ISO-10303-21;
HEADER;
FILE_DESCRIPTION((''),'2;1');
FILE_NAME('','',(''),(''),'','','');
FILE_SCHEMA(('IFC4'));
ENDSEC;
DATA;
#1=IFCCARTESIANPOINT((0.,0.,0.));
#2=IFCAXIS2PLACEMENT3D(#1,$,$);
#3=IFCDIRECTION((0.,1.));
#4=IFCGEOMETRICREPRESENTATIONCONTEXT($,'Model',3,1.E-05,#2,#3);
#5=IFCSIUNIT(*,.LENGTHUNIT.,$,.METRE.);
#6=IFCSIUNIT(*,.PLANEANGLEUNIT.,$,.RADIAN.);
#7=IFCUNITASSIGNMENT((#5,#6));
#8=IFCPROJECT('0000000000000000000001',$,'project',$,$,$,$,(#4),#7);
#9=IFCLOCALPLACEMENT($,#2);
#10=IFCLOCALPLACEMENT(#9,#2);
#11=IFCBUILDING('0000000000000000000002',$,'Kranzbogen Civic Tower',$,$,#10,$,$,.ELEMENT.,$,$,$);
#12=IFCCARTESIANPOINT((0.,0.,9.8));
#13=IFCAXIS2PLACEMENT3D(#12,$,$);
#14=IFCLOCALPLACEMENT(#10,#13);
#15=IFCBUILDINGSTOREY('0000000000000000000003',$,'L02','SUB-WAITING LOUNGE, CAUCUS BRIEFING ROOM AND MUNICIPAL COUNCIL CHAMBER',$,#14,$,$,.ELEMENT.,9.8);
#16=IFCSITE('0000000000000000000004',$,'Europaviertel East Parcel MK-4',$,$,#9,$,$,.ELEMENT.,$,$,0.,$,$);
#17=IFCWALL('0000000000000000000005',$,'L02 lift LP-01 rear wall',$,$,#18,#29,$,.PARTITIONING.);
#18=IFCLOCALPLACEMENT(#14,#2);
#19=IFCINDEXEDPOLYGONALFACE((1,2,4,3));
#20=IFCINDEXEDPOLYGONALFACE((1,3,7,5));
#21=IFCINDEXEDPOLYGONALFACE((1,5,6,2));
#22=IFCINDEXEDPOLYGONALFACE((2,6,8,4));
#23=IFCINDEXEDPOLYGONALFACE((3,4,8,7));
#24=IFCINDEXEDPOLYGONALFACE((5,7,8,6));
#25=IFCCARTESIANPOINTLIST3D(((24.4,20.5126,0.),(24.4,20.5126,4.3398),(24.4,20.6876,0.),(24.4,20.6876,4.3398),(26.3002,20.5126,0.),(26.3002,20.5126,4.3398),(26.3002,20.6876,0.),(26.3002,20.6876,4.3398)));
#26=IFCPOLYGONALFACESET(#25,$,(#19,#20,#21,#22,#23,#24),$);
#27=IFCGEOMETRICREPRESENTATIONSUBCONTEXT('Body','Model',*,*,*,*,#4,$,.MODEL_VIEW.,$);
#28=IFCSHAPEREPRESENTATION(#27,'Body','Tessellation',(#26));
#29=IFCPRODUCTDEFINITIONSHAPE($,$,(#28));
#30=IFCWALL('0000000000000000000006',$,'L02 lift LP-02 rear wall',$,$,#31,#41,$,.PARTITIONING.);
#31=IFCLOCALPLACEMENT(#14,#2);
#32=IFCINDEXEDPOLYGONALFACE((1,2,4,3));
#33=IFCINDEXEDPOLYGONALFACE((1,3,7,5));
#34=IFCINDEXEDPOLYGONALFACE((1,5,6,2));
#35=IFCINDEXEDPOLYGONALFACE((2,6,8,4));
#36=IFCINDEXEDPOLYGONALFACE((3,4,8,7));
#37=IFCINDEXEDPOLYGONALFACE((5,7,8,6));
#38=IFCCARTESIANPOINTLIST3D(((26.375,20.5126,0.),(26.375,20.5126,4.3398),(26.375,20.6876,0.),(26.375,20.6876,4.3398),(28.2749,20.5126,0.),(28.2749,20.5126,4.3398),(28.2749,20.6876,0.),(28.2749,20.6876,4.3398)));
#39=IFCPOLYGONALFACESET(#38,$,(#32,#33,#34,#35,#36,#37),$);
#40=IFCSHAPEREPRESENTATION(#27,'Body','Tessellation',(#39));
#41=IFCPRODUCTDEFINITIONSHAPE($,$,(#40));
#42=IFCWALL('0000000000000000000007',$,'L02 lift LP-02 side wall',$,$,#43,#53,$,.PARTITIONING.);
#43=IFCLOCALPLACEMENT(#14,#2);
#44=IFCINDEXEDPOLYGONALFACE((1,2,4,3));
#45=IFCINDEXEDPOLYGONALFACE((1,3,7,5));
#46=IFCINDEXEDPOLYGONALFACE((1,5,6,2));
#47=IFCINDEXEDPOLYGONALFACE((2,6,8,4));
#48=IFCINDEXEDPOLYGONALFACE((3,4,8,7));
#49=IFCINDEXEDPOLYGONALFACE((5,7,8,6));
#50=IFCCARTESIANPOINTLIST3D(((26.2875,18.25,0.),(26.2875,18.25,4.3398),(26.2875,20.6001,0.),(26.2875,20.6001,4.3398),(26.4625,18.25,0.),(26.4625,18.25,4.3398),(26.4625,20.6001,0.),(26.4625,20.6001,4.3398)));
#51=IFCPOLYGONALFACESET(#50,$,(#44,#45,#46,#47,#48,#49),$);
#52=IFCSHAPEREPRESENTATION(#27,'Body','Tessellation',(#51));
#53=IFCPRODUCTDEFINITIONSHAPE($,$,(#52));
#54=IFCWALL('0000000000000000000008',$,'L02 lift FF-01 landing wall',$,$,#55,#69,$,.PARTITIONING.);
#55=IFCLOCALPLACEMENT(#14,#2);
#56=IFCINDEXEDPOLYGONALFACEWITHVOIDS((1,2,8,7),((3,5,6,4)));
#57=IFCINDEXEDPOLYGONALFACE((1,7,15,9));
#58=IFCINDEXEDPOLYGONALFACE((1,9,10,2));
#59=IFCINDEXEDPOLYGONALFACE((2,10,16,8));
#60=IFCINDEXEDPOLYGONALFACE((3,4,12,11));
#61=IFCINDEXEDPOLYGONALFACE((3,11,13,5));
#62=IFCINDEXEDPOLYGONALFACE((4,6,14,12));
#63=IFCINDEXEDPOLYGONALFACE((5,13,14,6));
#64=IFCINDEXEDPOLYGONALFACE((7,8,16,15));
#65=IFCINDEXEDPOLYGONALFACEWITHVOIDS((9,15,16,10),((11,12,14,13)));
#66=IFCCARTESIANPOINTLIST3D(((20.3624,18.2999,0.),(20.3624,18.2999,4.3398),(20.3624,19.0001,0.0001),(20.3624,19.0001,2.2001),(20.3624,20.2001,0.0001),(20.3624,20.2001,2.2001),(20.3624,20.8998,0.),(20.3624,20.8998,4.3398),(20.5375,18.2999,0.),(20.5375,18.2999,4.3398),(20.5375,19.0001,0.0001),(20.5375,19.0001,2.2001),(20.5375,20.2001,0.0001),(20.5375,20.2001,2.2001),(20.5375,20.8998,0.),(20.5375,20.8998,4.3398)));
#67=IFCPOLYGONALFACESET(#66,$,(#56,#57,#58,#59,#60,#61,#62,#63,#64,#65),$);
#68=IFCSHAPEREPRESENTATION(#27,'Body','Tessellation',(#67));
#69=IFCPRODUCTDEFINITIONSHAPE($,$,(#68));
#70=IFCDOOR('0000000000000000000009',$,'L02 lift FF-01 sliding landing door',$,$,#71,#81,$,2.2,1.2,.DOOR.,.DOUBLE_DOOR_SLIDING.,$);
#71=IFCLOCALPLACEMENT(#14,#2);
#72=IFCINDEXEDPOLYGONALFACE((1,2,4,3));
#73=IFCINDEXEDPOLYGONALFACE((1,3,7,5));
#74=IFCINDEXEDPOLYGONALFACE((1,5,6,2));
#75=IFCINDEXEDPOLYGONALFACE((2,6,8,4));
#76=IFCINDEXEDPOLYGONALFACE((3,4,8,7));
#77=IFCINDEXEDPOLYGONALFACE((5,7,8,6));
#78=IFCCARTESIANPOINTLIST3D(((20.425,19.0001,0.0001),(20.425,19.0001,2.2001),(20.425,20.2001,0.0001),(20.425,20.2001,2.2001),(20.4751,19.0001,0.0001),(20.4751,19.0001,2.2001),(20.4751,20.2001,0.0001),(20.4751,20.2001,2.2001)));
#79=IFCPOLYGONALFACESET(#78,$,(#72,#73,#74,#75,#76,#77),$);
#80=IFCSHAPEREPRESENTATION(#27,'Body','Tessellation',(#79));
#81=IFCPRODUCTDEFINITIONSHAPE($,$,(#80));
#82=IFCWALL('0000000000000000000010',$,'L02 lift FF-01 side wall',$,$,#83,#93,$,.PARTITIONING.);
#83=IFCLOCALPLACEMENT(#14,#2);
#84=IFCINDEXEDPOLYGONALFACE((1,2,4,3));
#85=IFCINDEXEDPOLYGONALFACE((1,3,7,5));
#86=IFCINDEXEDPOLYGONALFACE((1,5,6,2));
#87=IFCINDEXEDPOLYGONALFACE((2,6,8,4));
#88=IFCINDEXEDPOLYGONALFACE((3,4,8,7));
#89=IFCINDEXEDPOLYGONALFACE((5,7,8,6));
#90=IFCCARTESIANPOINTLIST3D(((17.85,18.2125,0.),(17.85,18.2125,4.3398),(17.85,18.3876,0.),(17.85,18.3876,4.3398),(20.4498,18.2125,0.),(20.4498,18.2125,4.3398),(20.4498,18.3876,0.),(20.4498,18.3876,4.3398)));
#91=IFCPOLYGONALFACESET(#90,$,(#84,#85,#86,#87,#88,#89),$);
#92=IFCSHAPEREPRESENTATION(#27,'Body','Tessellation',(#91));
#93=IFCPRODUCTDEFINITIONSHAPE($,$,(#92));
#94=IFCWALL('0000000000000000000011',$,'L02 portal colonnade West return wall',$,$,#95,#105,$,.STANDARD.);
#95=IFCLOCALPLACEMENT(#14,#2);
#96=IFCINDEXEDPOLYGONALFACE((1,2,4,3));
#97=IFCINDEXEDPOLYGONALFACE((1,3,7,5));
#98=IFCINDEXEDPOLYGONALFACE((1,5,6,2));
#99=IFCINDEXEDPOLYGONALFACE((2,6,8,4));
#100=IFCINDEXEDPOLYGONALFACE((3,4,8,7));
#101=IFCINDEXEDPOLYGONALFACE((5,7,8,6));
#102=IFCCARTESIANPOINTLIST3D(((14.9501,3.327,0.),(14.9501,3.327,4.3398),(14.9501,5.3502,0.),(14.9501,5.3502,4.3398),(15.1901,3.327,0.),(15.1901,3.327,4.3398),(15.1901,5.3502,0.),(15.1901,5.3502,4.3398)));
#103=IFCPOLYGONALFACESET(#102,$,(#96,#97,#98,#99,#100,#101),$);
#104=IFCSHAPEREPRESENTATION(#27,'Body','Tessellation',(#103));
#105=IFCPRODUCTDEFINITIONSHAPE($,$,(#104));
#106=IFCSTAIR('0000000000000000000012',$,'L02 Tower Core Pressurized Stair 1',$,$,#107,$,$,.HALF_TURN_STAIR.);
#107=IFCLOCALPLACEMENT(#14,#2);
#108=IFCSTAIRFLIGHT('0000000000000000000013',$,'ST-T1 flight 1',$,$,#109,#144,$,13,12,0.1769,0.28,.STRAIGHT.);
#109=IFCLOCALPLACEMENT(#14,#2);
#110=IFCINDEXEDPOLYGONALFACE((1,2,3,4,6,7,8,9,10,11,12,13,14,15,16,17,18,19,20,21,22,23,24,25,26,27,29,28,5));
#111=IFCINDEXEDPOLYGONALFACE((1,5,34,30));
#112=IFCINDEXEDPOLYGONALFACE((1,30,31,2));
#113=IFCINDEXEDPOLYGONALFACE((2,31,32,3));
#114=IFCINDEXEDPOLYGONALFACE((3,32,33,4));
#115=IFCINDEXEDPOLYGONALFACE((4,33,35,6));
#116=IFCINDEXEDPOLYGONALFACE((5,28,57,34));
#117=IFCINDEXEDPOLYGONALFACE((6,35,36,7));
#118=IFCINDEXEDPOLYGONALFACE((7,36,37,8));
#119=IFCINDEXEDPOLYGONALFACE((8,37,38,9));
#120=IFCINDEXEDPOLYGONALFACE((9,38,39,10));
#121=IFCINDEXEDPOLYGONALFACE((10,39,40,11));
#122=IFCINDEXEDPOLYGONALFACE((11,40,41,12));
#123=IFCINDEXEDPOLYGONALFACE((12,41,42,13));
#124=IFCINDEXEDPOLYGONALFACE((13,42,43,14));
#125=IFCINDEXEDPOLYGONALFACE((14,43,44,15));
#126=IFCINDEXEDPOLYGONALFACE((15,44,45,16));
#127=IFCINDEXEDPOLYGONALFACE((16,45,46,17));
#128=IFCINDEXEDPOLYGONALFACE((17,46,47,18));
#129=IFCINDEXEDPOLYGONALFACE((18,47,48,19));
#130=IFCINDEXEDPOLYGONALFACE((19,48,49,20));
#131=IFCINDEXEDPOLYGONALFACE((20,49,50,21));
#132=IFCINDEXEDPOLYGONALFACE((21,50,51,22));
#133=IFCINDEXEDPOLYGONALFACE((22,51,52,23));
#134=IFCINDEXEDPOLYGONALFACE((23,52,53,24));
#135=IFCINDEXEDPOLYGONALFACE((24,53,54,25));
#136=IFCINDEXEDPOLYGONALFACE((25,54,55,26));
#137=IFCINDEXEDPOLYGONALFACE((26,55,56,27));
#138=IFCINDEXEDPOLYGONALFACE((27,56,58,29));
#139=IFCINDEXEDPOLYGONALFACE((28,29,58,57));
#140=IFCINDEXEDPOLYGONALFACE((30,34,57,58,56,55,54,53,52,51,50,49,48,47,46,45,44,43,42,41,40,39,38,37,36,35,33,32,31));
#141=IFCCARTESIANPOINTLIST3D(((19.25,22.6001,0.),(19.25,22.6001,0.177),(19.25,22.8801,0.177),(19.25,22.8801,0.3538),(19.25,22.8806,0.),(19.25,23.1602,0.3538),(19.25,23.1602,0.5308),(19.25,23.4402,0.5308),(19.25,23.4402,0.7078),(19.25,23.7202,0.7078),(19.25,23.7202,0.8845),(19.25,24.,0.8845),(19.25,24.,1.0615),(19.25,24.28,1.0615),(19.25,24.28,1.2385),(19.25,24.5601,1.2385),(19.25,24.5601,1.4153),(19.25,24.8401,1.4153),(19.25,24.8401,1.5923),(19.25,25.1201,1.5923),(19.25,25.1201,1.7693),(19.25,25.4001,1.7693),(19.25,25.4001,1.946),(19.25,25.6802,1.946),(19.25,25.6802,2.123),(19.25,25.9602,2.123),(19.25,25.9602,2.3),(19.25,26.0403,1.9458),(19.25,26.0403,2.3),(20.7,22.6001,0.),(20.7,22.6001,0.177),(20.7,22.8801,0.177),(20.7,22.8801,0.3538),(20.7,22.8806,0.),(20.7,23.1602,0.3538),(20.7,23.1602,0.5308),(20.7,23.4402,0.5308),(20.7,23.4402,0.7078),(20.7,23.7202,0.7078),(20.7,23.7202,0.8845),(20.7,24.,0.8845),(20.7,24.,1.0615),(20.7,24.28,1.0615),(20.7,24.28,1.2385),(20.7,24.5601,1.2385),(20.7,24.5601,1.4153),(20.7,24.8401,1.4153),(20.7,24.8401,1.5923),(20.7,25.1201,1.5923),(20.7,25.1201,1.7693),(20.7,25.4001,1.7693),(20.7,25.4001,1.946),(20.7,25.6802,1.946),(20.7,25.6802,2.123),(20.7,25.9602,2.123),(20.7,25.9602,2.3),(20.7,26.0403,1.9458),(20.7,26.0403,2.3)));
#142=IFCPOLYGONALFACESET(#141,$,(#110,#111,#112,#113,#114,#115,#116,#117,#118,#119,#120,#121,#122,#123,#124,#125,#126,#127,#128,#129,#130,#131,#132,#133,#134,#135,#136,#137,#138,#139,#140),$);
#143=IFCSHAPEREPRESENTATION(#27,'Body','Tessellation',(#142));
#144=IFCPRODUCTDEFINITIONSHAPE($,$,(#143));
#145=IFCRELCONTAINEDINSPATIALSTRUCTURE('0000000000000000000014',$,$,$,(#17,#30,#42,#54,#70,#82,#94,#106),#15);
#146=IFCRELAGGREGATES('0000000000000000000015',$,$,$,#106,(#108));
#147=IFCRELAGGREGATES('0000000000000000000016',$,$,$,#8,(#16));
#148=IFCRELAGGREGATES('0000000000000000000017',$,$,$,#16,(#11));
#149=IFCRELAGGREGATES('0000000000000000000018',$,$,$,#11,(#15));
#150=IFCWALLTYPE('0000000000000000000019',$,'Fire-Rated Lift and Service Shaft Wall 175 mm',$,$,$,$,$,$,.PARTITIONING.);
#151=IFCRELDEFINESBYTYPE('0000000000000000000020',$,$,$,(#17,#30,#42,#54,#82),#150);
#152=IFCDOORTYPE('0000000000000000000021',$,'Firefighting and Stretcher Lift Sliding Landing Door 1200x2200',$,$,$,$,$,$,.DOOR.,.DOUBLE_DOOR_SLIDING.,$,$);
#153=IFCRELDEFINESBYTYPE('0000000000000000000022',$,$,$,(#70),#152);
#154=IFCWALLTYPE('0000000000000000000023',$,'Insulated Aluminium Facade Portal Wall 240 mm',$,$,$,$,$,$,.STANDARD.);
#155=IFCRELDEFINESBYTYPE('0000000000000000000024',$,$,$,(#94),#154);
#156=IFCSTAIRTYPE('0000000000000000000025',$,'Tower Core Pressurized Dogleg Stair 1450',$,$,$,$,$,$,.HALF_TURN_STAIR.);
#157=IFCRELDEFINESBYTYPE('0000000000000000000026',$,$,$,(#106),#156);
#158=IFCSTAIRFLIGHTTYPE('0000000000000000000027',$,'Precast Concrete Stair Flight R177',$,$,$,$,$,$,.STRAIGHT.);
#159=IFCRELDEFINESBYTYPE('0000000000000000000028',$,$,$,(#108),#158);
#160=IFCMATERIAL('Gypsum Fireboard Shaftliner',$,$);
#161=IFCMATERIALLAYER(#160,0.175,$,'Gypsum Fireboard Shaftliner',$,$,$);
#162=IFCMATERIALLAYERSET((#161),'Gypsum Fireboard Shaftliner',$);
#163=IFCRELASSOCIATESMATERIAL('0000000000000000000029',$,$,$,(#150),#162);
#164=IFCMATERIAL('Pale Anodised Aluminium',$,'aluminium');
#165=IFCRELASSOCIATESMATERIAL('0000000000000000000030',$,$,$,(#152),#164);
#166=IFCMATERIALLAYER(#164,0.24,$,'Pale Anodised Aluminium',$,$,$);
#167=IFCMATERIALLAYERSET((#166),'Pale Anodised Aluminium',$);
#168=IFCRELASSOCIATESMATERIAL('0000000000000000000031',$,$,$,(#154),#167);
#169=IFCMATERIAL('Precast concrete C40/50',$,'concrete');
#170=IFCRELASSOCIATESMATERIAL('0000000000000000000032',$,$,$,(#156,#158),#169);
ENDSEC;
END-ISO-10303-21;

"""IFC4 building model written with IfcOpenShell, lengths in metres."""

from ifc_helpers import new_model, si_unit, direction, frame, frame_2d, origin, place, context, subcontext, project, spatial, polyline, rectangle, outline, extrude, material, layer, layer_set, type_object, element, fill, aggregate, save


model = new_model("IFC4")

# Units and contexts
model_context = context("Model", 3, precision=1e-05, world=origin(), true_north=direction((0.0, 1.0)))
body_context = subcontext(model_context, "Body", "Model", "MODEL_VIEW")
ifc_project = project(units=[si_unit("LENGTHUNIT", "METRE"), si_unit("PLANEANGLEUNIT", "RADIAN")], contexts=[model_context])

# Site, building, storey
site_placement = place(None, origin())
site = spatial("IfcSite", under=ifc_project, at=site_placement, Name="Europaviertel East Parcel MK-4", CompositionType="ELEMENT", RefElevation=0.0)
building_placement = place(site_placement, origin())
building = spatial("IfcBuilding", under=site, at=building_placement, Name="Kranzbogen Civic Tower", CompositionType="ELEMENT")
storey_placement = place(building_placement, frame((0.0, 0.0, 9.8)))
storey = spatial("IfcBuildingStorey", under=building, at=storey_placement, Name="L02", Description="SUB-WAITING LOUNGE, CAUCUS BRIEFING ROOM AND MUNICIPAL COUNCIL CHAMBER", CompositionType="ELEMENT", Elevation=9.8)

# Shared definitions
ifc_material_1 = material(Name="Pale Anodised Aluminium", Category="aluminium")

# Walls
ifc_material_2 = material(Name="Gypsum Fireboard Shaftliner")
ifc_layer_1 = layer(ifc_material_2, 0.175, Name="Gypsum Fireboard Shaftliner")
ifc_layer_set_1 = layer_set([ifc_layer_1], Name="Gypsum Fireboard Shaftliner")
wall_type_1 = type_object("IfcWallType", Name="Fire-Rated Lift and Service Shaft Wall 175 mm", PredefinedType="PARTITIONING", material=ifc_layer_set_1)
wall_1_placement = place(storey_placement, frame((24.3999, 20.6001, 0.0), z_axis=(0.0, 0.0, 1.0), x_axis=(1.0, 0.0, 0.0)))
element("IfcWall", 1, at=wall_1_placement, inside=storey, type_object=wall_type_1, Name="L02 lift LP-01 rear wall", PredefinedType="PARTITIONING", context=body_context, shape_type="SweptSolid", body=[
    extrude(rectangle(XDim=1.9001, YDim=0.175, at=frame_2d((0.9502, 0.0))), origin(), (0.0, 0.0, 1.0), 4.3398),
])
wall_2_placement = place(storey_placement, frame((26.375, 20.6001, 0.0), z_axis=(0.0, 0.0, 1.0), x_axis=(1.0, 0.0, 0.0)))
element("IfcWall", 2, at=wall_2_placement, inside=storey, type_object=wall_type_1, Name="L02 lift LP-02 rear wall", PredefinedType="PARTITIONING", context=body_context, shape_type="SweptSolid", body=[
    extrude(rectangle(XDim=1.8999, YDim=0.175, at=frame_2d((0.95, 0.0))), origin(), (0.0, 0.0, 1.0), 4.3398),
])
wall_3_placement = place(storey_placement, frame((26.375, 18.25, 0.0), z_axis=(0.0, 0.0, 1.0), x_axis=(0.0, 1.0, 0.0)))
element("IfcWall", 3, at=wall_3_placement, inside=storey, type_object=wall_type_1, Name="L02 lift LP-02 side wall", PredefinedType="PARTITIONING", context=body_context, shape_type="SweptSolid", body=[
    extrude(rectangle(XDim=2.3501, YDim=0.175, at=frame_2d((1.175, 0.0))), origin(), (0.0, 0.0, 1.0), 4.3398),
])

# Wall, opening, door
wall_4_placement = place(storey_placement, frame((20.45, 18.3, 0.0), z_axis=(0.0, 0.0, 1.0), x_axis=(0.0, 1.0, 0.0)))
wall_4 = element("IfcWall", 4, at=wall_4_placement, inside=storey, type_object=wall_type_1, Name="L02 lift FF-01 landing wall", PredefinedType="PARTITIONING", context=body_context, shape_type="SweptSolid", body=[
    extrude(rectangle(XDim=2.5999, YDim=0.175, at=frame_2d((1.2998, 0.0))), origin(), (0.0, 0.0, 1.0), 4.3398),
])
opening_1_placement = place(wall_4_placement, frame((0.7, 0.0, 0.0)))
opening_1 = element("IfcOpeningElement", 5, at=opening_1_placement, cuts=wall_4, PredefinedType="OPENING", context=body_context, shape_type="SweptSolid", body=[
    extrude(rectangle(XDim=1.2, YDim=2.2, at=frame_2d((0.6001, 1.1001))), frame((0.0, 0.0977, 0.0), z_axis=(0.0, -1.0, 0.0), x_axis=(1.0, 0.0, 0.0)), (0.0, 0.0, 1.0), 0.1951),
])
door_type_1 = type_object("IfcDoorType", Name="Firefighting and Stretcher Lift Sliding Landing Door 1200x2200", OperationType="DOUBLE_DOOR_SLIDING", PredefinedType="DOOR", material=ifc_material_1)
door_1_placement = place(opening_1_placement, origin())
door_1 = element("IfcDoor", 6, at=door_1_placement, inside=storey, type_object=door_type_1, Name="L02 lift FF-01 sliding landing door", OperationType="DOUBLE_DOOR_SLIDING", OverallHeight=2.2, OverallWidth=1.2, PredefinedType="DOOR", context=body_context, shape_type="SweptSolid", body=[
    extrude(rectangle(XDim=1.2, YDim=2.2, at=frame_2d((0.6001, 1.1001))), frame((0.0, 0.0249, 0.0), z_axis=(0.0, -1.0, 0.0), x_axis=(1.0, 0.0, 0.0)), (0.0, 0.0, 1.0), 0.05),
])
fill(opening_1, door_1)

# Walls
wall_5_placement = place(storey_placement, frame((17.8501, 18.3, 0.0), z_axis=(0.0, 0.0, 1.0), x_axis=(1.0, 0.0, 0.0)))
element("IfcWall", 7, at=wall_5_placement, inside=storey, type_object=wall_type_1, Name="L02 lift FF-01 side wall", PredefinedType="PARTITIONING", context=body_context, shape_type="SweptSolid", body=[
    extrude(rectangle(XDim=2.5999, YDim=0.175, at=frame_2d((1.2998, 0.0))), origin(), (0.0, 0.0, 1.0), 4.3398),
])
ifc_layer_2 = layer(ifc_material_1, 0.24, Name="Pale Anodised Aluminium")
ifc_layer_set_2 = layer_set([ifc_layer_2], Name="Pale Anodised Aluminium")
wall_type_2 = type_object("IfcWallType", Name="Insulated Aluminium Facade Portal Wall 240 mm", PredefinedType="STANDARD", material=ifc_layer_set_2)
wall_6_placement = place(storey_placement, frame((15.0701, 3.3269, 0.0), z_axis=(0.0, 0.0, 1.0), x_axis=(0.0, 1.0, 0.0)))
element("IfcWall", 8, at=wall_6_placement, inside=storey, type_object=wall_type_2, Name="L02 portal colonnade West return wall", PredefinedType="STANDARD", context=body_context, shape_type="SweptSolid", body=[
    extrude(rectangle(XDim=2.0232, YDim=0.24, at=frame_2d((1.0117, 0.0))), origin(), (0.0, 0.0, 1.0), 4.3398),
])

# Stair, stair flight
ifc_material_3 = material(Name="Precast concrete C40/50", Category="concrete")
stair_type = type_object("IfcStairType", Name="Tower Core Pressurized Dogleg Stair 1450", PredefinedType="HALF_TURN_STAIR", material=ifc_material_3)
stair_placement = place(storey_placement, origin())
stair = element("IfcStair", 9, at=stair_placement, inside=storey, type_object=stair_type, Name="L02 Tower Core Pressurized Stair 1", PredefinedType="HALF_TURN_STAIR")
stair_flight_type = type_object("IfcStairFlightType", Name="Precast Concrete Stair Flight R177", PredefinedType="STRAIGHT", material=ifc_material_3)
stair_flight_placement = place(storey_placement, frame((19.9751, 22.6001, 0.0), z_axis=(0.0, 0.0, 1.0), x_axis=(0.0, 1.0, 0.0)))
stair_flight = element("IfcStairFlight", 10, at=stair_flight_placement, type_object=stair_flight_type, Name="ST-T1 flight 1", NumberOfRisers=13, NumberOfTreads=12, PredefinedType="STRAIGHT", RiserHeight=0.1769, TreadLength=0.28, context=body_context, shape_type="SweptSolid", body=[
    extrude(outline(polyline([(0.0, 0.0), (0.0, 0.177), (0.28, 0.177), (0.28, 0.3538), (0.5601, 0.3538), (0.5601, 0.5308), (0.8401, 0.5308), (0.8401, 0.7078), (1.1201, 0.7078), (1.1201, 0.8845), (1.3999, 0.8845), (1.3999, 1.0615), (1.6799, 1.0615), (1.6799, 1.2385), (1.96, 1.2385), (1.96, 1.4153), (2.24, 1.4153), (2.24, 1.5923), (2.52, 1.5923), (2.52, 1.7693), (2.8, 1.7693), (2.8, 1.946), (3.0801, 1.946), (3.0801, 2.123), (3.3601, 2.123), (3.3601, 2.3), (3.4402, 2.3), (3.4402, 1.9458), (0.2805, 0.0), (0.0, 0.0)])), frame((0.0, 0.7251, 0.0), z_axis=(0.0, -1.0, 0.0), x_axis=(1.0, 0.0, 0.0)), (0.0, 0.0, 1.0), 1.45),
])
aggregate(stair, [stair_flight])

save(model, "model.ifc")
